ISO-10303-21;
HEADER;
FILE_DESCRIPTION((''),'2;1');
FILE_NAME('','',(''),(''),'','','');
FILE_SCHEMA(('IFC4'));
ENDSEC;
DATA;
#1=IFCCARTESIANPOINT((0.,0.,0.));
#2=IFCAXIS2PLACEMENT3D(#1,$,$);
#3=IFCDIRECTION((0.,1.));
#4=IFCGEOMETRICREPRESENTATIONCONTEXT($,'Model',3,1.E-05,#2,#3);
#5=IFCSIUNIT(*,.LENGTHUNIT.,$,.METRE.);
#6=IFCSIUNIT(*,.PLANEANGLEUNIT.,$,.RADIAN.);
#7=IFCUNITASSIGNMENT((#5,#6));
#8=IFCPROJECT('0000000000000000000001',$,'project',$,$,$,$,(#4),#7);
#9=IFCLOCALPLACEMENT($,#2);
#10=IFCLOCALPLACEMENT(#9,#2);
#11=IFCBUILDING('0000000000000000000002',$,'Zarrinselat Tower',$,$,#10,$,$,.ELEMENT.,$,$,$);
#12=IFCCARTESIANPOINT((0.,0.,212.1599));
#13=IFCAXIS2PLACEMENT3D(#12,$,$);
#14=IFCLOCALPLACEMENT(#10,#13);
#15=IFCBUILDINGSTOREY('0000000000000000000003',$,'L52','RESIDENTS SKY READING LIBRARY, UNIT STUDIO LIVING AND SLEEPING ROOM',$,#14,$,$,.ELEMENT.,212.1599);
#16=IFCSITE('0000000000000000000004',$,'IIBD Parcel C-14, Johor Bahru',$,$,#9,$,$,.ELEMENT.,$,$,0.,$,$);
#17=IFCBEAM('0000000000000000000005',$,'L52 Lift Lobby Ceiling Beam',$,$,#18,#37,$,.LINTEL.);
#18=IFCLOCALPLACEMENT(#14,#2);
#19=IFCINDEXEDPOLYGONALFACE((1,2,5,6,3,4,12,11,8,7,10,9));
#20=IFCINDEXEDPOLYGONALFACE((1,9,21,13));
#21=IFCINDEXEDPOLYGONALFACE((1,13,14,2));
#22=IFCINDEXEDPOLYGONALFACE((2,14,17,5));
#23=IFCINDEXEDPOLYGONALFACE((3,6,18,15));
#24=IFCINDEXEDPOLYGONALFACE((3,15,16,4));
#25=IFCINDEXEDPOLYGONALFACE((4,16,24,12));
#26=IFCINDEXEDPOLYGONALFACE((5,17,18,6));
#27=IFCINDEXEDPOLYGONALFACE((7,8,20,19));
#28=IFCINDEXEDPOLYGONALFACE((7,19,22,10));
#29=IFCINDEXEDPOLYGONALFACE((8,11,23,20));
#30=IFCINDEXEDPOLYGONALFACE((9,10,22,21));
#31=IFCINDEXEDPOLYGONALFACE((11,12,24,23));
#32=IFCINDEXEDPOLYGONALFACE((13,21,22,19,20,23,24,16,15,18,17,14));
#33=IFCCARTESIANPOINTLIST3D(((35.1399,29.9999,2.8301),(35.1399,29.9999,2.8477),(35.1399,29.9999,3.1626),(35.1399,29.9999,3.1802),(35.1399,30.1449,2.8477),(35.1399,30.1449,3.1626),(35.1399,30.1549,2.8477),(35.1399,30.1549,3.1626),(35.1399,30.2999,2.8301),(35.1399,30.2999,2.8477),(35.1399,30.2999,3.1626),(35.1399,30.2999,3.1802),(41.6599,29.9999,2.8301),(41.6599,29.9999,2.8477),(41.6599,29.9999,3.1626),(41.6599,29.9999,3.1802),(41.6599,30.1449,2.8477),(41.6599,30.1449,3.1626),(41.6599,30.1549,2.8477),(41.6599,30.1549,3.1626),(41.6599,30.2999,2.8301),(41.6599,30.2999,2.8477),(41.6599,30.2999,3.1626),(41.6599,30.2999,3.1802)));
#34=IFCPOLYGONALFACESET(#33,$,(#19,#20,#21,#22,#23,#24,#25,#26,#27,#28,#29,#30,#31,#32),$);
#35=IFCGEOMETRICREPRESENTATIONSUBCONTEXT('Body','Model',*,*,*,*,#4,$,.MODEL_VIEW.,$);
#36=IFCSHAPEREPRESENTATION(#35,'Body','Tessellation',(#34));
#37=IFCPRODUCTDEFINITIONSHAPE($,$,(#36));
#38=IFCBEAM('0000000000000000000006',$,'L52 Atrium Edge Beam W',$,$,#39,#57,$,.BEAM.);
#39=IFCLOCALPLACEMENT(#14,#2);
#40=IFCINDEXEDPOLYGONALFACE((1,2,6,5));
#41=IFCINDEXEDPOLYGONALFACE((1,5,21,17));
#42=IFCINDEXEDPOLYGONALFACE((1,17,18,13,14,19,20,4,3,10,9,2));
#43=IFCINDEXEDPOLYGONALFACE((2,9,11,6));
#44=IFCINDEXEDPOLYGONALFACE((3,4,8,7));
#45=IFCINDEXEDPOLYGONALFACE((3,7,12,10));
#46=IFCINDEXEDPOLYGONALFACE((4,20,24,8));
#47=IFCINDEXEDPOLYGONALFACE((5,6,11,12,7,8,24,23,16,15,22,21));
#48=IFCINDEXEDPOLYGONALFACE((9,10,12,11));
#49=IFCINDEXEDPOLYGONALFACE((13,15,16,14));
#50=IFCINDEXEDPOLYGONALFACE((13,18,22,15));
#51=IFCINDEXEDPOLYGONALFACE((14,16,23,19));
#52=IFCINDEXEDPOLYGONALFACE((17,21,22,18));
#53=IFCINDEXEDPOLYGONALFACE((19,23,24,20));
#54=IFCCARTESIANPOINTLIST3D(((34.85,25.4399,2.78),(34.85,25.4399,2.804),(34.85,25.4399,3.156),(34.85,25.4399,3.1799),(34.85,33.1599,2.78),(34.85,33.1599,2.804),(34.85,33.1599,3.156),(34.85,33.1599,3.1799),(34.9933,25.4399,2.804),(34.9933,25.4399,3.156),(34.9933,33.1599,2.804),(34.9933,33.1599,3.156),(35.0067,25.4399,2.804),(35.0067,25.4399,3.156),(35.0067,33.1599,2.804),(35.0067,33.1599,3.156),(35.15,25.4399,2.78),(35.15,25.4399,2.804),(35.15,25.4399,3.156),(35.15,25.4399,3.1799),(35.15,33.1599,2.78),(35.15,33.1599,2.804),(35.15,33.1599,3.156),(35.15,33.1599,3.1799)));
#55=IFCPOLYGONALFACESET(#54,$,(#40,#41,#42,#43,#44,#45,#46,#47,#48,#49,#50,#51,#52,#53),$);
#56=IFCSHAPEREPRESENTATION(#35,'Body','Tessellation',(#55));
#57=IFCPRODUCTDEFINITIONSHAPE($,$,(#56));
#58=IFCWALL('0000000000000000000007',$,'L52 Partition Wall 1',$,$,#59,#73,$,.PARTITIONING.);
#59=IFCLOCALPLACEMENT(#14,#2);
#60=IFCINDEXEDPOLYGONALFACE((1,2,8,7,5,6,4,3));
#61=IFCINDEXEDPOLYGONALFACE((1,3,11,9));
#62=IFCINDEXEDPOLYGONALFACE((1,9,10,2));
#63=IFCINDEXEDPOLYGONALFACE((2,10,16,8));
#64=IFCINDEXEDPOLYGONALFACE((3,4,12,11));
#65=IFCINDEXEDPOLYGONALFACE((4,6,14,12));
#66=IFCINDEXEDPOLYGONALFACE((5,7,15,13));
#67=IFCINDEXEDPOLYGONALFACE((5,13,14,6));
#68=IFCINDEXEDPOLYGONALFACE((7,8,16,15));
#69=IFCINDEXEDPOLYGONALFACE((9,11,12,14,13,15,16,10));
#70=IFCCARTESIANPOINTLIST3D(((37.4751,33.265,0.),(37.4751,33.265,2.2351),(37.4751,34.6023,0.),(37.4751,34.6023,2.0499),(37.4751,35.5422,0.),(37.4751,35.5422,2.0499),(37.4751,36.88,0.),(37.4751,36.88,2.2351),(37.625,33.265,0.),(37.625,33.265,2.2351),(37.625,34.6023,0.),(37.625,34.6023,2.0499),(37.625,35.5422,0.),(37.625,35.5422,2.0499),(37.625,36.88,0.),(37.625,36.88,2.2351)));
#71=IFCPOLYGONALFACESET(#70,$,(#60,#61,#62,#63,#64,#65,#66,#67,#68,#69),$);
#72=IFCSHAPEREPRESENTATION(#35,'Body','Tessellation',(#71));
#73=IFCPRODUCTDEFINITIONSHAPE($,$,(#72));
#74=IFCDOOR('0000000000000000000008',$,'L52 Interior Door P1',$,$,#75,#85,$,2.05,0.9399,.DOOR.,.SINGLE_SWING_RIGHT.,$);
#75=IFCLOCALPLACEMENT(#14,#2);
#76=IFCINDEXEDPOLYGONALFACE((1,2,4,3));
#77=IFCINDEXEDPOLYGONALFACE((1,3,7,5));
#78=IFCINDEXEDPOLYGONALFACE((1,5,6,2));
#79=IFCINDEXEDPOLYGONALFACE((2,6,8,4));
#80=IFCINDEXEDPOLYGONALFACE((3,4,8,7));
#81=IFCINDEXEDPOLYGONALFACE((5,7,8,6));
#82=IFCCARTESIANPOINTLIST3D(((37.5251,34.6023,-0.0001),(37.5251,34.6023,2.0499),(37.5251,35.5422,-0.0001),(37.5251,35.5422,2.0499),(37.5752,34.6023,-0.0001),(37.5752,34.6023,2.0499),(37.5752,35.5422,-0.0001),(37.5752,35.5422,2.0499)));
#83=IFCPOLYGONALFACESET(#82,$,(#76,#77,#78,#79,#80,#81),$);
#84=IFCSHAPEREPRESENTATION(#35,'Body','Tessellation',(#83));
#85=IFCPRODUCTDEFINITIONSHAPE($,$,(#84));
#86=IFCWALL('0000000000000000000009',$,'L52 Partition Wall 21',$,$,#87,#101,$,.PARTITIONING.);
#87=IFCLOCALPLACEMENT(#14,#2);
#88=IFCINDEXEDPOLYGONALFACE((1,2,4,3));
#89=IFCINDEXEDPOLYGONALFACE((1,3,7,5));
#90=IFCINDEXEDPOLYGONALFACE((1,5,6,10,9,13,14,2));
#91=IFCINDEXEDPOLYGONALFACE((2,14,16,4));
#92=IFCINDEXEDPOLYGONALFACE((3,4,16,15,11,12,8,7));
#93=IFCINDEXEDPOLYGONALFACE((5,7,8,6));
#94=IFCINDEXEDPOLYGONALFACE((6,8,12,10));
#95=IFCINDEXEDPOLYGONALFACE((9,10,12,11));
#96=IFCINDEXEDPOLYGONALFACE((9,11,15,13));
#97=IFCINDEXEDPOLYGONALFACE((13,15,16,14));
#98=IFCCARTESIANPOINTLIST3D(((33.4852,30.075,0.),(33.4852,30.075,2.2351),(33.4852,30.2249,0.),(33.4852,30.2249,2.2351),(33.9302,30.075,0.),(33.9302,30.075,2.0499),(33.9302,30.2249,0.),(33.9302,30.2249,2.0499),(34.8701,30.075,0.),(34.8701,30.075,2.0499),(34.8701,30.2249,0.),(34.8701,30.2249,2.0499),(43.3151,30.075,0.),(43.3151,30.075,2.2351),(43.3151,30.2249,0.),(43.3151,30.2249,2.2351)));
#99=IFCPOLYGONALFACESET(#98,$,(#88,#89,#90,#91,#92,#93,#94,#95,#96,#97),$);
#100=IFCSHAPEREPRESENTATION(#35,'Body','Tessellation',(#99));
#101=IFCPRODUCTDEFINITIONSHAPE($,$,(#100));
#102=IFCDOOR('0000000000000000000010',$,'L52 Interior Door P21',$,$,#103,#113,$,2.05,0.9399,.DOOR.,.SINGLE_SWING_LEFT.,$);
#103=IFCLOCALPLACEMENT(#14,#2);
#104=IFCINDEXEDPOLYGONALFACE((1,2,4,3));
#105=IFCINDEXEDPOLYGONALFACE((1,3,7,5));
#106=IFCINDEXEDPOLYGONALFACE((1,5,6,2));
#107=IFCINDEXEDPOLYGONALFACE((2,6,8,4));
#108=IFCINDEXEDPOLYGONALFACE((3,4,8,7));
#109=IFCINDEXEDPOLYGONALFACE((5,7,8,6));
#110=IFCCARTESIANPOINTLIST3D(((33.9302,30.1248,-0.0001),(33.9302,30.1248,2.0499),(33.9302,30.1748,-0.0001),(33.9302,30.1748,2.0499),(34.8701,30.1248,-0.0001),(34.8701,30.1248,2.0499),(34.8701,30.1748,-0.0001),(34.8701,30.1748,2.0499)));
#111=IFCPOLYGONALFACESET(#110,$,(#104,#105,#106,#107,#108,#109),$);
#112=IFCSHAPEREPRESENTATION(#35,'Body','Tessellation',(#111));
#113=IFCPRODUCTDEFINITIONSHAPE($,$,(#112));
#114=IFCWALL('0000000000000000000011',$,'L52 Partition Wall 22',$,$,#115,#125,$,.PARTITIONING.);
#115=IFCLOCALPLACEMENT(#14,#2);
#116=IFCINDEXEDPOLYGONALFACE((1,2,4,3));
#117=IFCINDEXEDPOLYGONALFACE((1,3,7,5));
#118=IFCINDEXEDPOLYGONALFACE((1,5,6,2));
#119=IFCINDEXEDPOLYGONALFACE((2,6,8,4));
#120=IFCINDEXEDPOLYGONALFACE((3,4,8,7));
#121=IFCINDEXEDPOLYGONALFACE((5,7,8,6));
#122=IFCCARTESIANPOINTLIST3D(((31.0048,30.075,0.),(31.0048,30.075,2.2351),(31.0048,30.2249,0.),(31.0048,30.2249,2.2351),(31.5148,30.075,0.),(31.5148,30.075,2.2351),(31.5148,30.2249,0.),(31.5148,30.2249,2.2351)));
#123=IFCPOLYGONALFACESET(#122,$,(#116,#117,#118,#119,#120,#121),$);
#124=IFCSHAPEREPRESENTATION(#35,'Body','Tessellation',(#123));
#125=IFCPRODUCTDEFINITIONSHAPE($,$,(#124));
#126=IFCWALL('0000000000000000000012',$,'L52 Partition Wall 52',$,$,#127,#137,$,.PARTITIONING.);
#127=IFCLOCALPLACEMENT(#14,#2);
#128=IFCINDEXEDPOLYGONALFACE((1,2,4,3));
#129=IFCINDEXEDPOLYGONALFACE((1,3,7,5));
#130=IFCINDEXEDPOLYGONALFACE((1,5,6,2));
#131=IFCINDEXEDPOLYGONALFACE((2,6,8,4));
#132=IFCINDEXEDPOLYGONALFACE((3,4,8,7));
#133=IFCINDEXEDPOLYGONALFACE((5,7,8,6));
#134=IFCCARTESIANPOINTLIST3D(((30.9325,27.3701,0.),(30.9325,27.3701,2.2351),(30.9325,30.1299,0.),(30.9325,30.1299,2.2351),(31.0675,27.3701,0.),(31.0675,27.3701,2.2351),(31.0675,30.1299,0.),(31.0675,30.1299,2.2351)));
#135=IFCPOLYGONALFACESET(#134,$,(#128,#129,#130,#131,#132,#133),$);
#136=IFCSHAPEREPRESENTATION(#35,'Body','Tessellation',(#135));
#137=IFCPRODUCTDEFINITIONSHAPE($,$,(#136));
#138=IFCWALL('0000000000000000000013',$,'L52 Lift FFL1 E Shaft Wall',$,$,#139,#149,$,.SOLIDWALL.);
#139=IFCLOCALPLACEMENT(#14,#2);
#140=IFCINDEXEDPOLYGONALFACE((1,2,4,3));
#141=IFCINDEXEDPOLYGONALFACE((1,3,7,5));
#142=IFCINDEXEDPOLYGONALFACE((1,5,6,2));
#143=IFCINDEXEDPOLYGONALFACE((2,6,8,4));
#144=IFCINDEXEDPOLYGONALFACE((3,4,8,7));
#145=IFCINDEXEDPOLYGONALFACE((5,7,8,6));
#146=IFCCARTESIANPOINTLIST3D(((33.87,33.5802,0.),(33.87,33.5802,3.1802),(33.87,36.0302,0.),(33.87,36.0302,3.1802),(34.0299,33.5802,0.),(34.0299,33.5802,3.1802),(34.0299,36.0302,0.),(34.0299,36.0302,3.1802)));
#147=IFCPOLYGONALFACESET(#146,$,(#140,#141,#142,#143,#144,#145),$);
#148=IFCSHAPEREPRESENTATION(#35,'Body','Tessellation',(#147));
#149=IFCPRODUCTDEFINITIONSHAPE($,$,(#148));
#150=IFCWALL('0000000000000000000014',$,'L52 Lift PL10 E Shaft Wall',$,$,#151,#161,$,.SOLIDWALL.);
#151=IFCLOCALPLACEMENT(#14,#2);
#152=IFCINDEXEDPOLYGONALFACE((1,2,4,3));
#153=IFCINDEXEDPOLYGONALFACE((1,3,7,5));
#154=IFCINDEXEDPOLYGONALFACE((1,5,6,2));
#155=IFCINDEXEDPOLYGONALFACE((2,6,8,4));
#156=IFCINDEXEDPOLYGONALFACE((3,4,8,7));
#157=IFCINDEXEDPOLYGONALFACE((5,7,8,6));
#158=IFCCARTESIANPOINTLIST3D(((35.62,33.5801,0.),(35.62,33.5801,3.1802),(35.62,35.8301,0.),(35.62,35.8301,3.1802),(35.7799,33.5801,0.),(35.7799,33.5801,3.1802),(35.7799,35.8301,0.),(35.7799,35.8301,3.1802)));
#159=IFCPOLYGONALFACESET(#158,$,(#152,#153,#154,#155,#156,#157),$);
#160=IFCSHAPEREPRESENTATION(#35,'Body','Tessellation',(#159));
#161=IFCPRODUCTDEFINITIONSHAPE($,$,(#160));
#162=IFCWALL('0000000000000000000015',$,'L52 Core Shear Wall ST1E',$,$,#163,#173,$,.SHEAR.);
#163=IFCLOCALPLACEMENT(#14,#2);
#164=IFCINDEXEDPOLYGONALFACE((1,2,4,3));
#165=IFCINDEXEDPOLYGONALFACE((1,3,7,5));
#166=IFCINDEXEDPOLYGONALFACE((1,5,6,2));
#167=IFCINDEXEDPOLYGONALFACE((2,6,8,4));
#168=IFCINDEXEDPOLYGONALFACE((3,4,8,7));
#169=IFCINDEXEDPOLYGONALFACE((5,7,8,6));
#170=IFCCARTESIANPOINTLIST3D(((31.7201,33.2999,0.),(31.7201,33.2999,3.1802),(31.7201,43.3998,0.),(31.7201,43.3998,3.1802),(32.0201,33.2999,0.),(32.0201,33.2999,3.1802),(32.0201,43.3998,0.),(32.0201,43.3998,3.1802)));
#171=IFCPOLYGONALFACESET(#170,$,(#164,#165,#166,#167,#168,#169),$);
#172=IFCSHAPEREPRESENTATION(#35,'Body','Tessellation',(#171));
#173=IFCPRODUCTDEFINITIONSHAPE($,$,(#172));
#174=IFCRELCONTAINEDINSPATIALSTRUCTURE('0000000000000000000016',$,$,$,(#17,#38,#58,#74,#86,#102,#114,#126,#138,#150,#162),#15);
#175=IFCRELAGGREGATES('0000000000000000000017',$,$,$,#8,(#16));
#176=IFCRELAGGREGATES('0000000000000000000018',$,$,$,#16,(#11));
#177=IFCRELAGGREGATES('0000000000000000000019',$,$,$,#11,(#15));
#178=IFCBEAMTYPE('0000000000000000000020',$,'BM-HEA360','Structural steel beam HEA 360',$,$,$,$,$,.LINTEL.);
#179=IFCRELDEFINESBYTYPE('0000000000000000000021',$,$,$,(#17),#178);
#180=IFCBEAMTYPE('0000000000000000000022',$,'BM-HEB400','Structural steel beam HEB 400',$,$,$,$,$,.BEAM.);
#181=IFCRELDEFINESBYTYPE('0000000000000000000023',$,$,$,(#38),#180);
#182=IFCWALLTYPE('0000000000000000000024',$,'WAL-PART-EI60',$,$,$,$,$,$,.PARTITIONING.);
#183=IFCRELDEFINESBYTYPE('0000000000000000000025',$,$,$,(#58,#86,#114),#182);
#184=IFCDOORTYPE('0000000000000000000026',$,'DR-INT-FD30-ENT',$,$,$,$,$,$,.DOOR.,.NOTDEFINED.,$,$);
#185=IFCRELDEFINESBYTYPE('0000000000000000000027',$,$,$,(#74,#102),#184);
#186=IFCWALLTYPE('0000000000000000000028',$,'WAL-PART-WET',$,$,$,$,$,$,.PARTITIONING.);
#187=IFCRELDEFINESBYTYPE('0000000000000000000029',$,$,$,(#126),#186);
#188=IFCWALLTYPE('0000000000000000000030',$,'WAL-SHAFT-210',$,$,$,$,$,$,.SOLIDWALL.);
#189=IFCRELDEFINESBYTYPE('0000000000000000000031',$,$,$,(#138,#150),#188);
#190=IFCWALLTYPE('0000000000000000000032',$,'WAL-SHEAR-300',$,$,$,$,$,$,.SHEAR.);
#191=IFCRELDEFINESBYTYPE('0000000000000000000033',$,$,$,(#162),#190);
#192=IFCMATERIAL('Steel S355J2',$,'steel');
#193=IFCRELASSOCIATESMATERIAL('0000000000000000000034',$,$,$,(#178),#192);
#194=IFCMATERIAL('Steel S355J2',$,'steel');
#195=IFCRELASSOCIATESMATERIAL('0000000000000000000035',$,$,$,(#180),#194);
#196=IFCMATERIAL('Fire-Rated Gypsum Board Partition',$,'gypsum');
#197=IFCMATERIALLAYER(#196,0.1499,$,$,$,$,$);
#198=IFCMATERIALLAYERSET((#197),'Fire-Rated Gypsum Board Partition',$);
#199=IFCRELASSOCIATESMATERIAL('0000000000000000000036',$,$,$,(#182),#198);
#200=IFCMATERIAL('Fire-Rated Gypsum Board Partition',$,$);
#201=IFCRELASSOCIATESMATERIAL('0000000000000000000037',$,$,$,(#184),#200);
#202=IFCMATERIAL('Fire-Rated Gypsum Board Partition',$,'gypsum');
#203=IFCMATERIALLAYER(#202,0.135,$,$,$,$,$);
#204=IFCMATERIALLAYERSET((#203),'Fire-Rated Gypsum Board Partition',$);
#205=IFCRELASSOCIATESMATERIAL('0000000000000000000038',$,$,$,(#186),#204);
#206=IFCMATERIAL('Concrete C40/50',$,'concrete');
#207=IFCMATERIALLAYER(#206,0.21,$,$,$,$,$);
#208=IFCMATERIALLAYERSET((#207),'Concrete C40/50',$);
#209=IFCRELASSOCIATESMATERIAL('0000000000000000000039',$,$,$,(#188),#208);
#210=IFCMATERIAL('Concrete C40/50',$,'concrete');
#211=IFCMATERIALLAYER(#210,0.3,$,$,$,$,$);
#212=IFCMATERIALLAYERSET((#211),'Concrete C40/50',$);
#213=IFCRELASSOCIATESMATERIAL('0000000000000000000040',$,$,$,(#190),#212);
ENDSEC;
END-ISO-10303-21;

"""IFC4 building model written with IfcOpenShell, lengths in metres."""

from ifc_helpers import new_model, si_unit, direction, frame, frame_2d, origin, origin_2d, place, context, subcontext, project, spatial, rectangle, i_section, extrude, material, layer, layer_set, material_profile, profile_set, type_object, element, fill, save


model = new_model("IFC4")

# Units and contexts
model_context = context("Model", 3, precision=1e-05, world=origin(), true_north=direction((0.0, 1.0)))
body_context = subcontext(model_context, "Body", "Model", "MODEL_VIEW")
ifc_project = project(units=[si_unit("LENGTHUNIT", "METRE"), si_unit("PLANEANGLEUNIT", "RADIAN")], contexts=[model_context])

# Site, building, storey
site_placement = place(None, origin())
site = spatial("IfcSite", under=ifc_project, at=site_placement, Name="IIBD Parcel C-14, Johor Bahru", CompositionType="ELEMENT", RefElevation=0.0)
building_placement = place(site_placement, origin())
building = spatial("IfcBuilding", under=site, at=building_placement, Name="Zarrinselat Tower", CompositionType="ELEMENT")
storey_placement = place(building_placement, frame((0.0, 0.0, 212.1599)))
storey = spatial("IfcBuildingStorey", under=building, at=storey_placement, Name="L52", Description="RESIDENTS SKY READING LIBRARY, UNIT STUDIO LIVING AND SLEEPING ROOM", CompositionType="ELEMENT", Elevation=212.1599)

# Beams
ifc_material_1 = material(Name="Steel S355J2", Category="steel")
ifc_material_profile_1 = material_profile(ifc_material_1, i_section(OverallWidth=0.3, OverallDepth=0.3501, WebThickness=0.01, FlangeThickness=0.0176, at=origin_2d()), Name="HEA 360")
ifc_profile_set_1 = profile_set([ifc_material_profile_1], Name="Steel S355J2")
beam_type_1 = type_object("IfcBeamType", Name="BM-HEA360", Description="Structural steel beam HEA 360", PredefinedType="LINTEL", material=ifc_profile_set_1)
beam_1_placement = place(storey_placement, frame((35.1399, 30.1499, 3.0051), z_axis=(1.0, 0.0, 0.0), x_axis=(0.0, 1.0, 0.0)))
element("IfcBeam", 1, at=beam_1_placement, inside=storey, type_object=beam_type_1, Name="L52 Lift Lobby Ceiling Beam", PredefinedType="LINTEL", context=body_context, shape_type="SweptSolid", body=[
    extrude(i_section(OverallWidth=0.3, OverallDepth=0.3501, WebThickness=0.01, FlangeThickness=0.0176, at=origin_2d()), origin(), (0.0, 0.0, 1.0), 6.52),
])
ifc_material_2 = material(Name="Steel S355J2", Category="steel")
ifc_material_profile_2 = material_profile(ifc_material_2, i_section(OverallWidth=0.3, OverallDepth=0.3999, WebThickness=0.0134, FlangeThickness=0.0239, at=origin_2d()), Name="HEB 400")
ifc_profile_set_2 = profile_set([ifc_material_profile_2], Name="Steel S355J2")
beam_type_2 = type_object("IfcBeamType", Name="BM-HEB400", Description="Structural steel beam HEB 400", PredefinedType="BEAM", material=ifc_profile_set_2)
beam_2_placement = place(storey_placement, frame((35.0, 25.4399, 2.98), z_axis=(0.0, 1.0, 0.0), x_axis=(-1.0, 0.0, 0.0)))
element("IfcBeam", 2, at=beam_2_placement, inside=storey, type_object=beam_type_2, Name="L52 Atrium Edge Beam W", PredefinedType="BEAM", context=body_context, shape_type="SweptSolid", body=[
    extrude(i_section(OverallWidth=0.3, OverallDepth=0.3999, WebThickness=0.0134, FlangeThickness=0.0239, at=origin_2d()), origin(), (0.0, 0.0, 1.0), 7.72),
])

# Walls, openings, doors
ifc_material_3 = material(Name="Fire-Rated Gypsum Board Partition", Category="gypsum")
ifc_layer_1 = layer(ifc_material_3, 0.1499)
ifc_layer_set_1 = layer_set([ifc_layer_1], Name="Fire-Rated Gypsum Board Partition")
wall_type_1 = type_object("IfcWallType", Name="WAL-PART-EI60", PredefinedType="PARTITIONING", material=ifc_layer_set_1)
wall_1_placement = place(storey_placement, frame((37.55, 33.2649, 0.0), z_axis=(0.0, 0.0, 1.0), x_axis=(0.0, 1.0, 0.0)))
wall_1 = element("IfcWall", 3, at=wall_1_placement, inside=storey, type_object=wall_type_1, Name="L52 Partition Wall 1", PredefinedType="PARTITIONING", context=body_context, shape_type="SweptSolid", body=[
    extrude(rectangle(XDim=3.615, YDim=0.1499, at=frame_2d((1.8076, 0.0))), origin(), (0.0, 0.0, 1.0), 2.2351),
])
opening_1_placement = place(wall_1_placement, frame((1.3374, 0.0, 0.0)))
opening_1 = element("IfcOpeningElement", 4, at=opening_1_placement, cuts=wall_1, PredefinedType="OPENING", context=body_context, shape_type="SweptSolid", body=[
    extrude(rectangle(XDim=0.9399, YDim=2.05, at=frame_2d((0.47, 1.0249))), frame((0.0, 0.085, 0.0), z_axis=(0.0, -1.0, 0.0), x_axis=(1.0, 0.0, 0.0)), (0.0, 0.0, 1.0), 0.1699),
])
ifc_material_4 = material(Name="Fire-Rated Gypsum Board Partition")
door_type = type_object("IfcDoorType", Name="DR-INT-FD30-ENT", OperationType="NOTDEFINED", PredefinedType="DOOR", material=ifc_material_4)
door_1_placement = place(opening_1_placement, origin())
door_1 = element("IfcDoor", 5, at=door_1_placement, inside=storey, type_object=door_type, Name="L52 Interior Door P1", OperationType="SINGLE_SWING_RIGHT", OverallHeight=2.05, OverallWidth=0.9399, PredefinedType="DOOR", context=body_context, shape_type="SweptSolid", body=[
    extrude(rectangle(XDim=0.9399, YDim=2.05, at=frame_2d((0.47, 1.0249))), frame((0.0, 0.0249, 0.0), z_axis=(0.0, -1.0, 0.0), x_axis=(1.0, 0.0, 0.0)), (0.0, 0.0, 1.0), 0.05),
])
fill(opening_1, door_1)
wall_2_placement = place(storey_placement, frame((33.4851, 30.1499, 0.0), z_axis=(0.0, 0.0, 1.0), x_axis=(1.0, 0.0, 0.0)))
wall_2 = element("IfcWall", 6, at=wall_2_placement, inside=storey, type_object=wall_type_1, Name="L52 Partition Wall 21", PredefinedType="PARTITIONING", context=body_context, shape_type="SweptSolid", body=[
    extrude(rectangle(XDim=9.8298, YDim=0.1499, at=frame_2d((4.915, 0.0))), origin(), (0.0, 0.0, 1.0), 2.2351),
])
opening_2_placement = place(wall_2_placement, frame((0.4451, 0.0, 0.0)))
opening_2 = element("IfcOpeningElement", 7, at=opening_2_placement, cuts=wall_2, PredefinedType="OPENING", context=body_context, shape_type="SweptSolid", body=[
    extrude(rectangle(XDim=0.9399, YDim=2.05, at=frame_2d((0.47, 1.0249))), frame((0.0, 0.085, 0.0), z_axis=(0.0, -1.0, 0.0), x_axis=(1.0, 0.0, 0.0)), (0.0, 0.0, 1.0), 0.1699),
])
door_2_placement = place(opening_2_placement, origin())
door_2 = element("IfcDoor", 8, at=door_2_placement, inside=storey, type_object=door_type, Name="L52 Interior Door P21", OperationType="SINGLE_SWING_LEFT", OverallHeight=2.05, OverallWidth=0.9399, PredefinedType="DOOR", context=body_context, shape_type="SweptSolid", body=[
    extrude(rectangle(XDim=0.9399, YDim=2.05, at=frame_2d((0.47, 1.0249))), frame((0.0, 0.0249, 0.0), z_axis=(0.0, -1.0, 0.0), x_axis=(1.0, 0.0, 0.0)), (0.0, 0.0, 1.0), 0.05),
])
fill(opening_2, door_2)

# Walls
wall_3_placement = place(storey_placement, frame((31.0049, 30.1499, 0.0), z_axis=(0.0, 0.0, 1.0), x_axis=(1.0, 0.0, 0.0)))
element("IfcWall", 9, at=wall_3_placement, inside=storey, type_object=wall_type_1, Name="L52 Partition Wall 22", PredefinedType="PARTITIONING", context=body_context, shape_type="SweptSolid", body=[
    extrude(rectangle(XDim=0.51, YDim=0.1499, at=frame_2d((0.2549, 0.0))), origin(), (0.0, 0.0, 1.0), 2.2351),
])
ifc_material_5 = material(Name="Fire-Rated Gypsum Board Partition", Category="gypsum")
ifc_layer_2 = layer(ifc_material_5, 0.135)
ifc_layer_set_2 = layer_set([ifc_layer_2], Name="Fire-Rated Gypsum Board Partition")
wall_type_2 = type_object("IfcWallType", Name="WAL-PART-WET", PredefinedType="PARTITIONING", material=ifc_layer_set_2)
wall_4_placement = place(storey_placement, frame((31.0, 27.3701, 0.0), z_axis=(0.0, 0.0, 1.0), x_axis=(0.0, 1.0, 0.0)))
element("IfcWall", 10, at=wall_4_placement, inside=storey, type_object=wall_type_2, Name="L52 Partition Wall 52", PredefinedType="PARTITIONING", context=body_context, shape_type="SweptSolid", body=[
    extrude(rectangle(XDim=2.7598, YDim=0.135, at=frame_2d((1.3799, 0.0))), origin(), (0.0, 0.0, 1.0), 2.2351),
])
ifc_material_6 = material(Name="Concrete C40/50", Category="concrete")
ifc_layer_3 = layer(ifc_material_6, 0.21)
ifc_layer_set_3 = layer_set([ifc_layer_3], Name="Concrete C40/50")
wall_type_3 = type_object("IfcWallType", Name="WAL-SHAFT-210", PredefinedType="SOLIDWALL", material=ifc_layer_set_3)
wall_5_placement = place(storey_placement, frame((33.95, 33.5801, 0.0), z_axis=(0.0, 0.0, 1.0), x_axis=(0.0, 1.0, 0.0)))
element("IfcWall", 11, at=wall_5_placement, inside=storey, type_object=wall_type_3, Name="L52 Lift FFL1 E Shaft Wall", PredefinedType="SOLIDWALL", context=body_context, shape_type="SweptSolid", body=[
    extrude(rectangle(XDim=2.45, YDim=0.1599, at=frame_2d((1.2251, 0.0))), origin(), (0.0, 0.0, 1.0), 3.1802),
])
wall_6_placement = place(storey_placement, frame((35.7, 33.5801, 0.0), z_axis=(0.0, 0.0, 1.0), x_axis=(0.0, 1.0, 0.0)))
element("IfcWall", 12, at=wall_6_placement, inside=storey, type_object=wall_type_3, Name="L52 Lift PL10 E Shaft Wall", PredefinedType="SOLIDWALL", context=body_context, shape_type="SweptSolid", body=[
    extrude(rectangle(XDim=2.25, YDim=0.1599, at=frame_2d((1.125, 0.0))), origin(), (0.0, 0.0, 1.0), 3.1802),
])
ifc_material_7 = material(Name="Concrete C40/50", Category="concrete")
ifc_layer_4 = layer(ifc_material_7, 0.3)
ifc_layer_set_4 = layer_set([ifc_layer_4], Name="Concrete C40/50")
wall_type_4 = type_object("IfcWallType", Name="WAL-SHEAR-300", PredefinedType="SHEAR", material=ifc_layer_set_4)
wall_7_placement = place(storey_placement, frame((31.8701, 33.3, 0.0), z_axis=(0.0, 0.0, 1.0), x_axis=(0.0, 1.0, 0.0)))
element("IfcWall", 13, at=wall_7_placement, inside=storey, type_object=wall_type_4, Name="L52 Core Shear Wall ST1E", PredefinedType="SHEAR", context=body_context, shape_type="SweptSolid", body=[
    extrude(rectangle(XDim=10.0999, YDim=0.3, at=frame_2d((5.0498, 0.0))), origin(), (0.0, 0.0, 1.0), 3.1802),
])

save(model, "model.ifc")
